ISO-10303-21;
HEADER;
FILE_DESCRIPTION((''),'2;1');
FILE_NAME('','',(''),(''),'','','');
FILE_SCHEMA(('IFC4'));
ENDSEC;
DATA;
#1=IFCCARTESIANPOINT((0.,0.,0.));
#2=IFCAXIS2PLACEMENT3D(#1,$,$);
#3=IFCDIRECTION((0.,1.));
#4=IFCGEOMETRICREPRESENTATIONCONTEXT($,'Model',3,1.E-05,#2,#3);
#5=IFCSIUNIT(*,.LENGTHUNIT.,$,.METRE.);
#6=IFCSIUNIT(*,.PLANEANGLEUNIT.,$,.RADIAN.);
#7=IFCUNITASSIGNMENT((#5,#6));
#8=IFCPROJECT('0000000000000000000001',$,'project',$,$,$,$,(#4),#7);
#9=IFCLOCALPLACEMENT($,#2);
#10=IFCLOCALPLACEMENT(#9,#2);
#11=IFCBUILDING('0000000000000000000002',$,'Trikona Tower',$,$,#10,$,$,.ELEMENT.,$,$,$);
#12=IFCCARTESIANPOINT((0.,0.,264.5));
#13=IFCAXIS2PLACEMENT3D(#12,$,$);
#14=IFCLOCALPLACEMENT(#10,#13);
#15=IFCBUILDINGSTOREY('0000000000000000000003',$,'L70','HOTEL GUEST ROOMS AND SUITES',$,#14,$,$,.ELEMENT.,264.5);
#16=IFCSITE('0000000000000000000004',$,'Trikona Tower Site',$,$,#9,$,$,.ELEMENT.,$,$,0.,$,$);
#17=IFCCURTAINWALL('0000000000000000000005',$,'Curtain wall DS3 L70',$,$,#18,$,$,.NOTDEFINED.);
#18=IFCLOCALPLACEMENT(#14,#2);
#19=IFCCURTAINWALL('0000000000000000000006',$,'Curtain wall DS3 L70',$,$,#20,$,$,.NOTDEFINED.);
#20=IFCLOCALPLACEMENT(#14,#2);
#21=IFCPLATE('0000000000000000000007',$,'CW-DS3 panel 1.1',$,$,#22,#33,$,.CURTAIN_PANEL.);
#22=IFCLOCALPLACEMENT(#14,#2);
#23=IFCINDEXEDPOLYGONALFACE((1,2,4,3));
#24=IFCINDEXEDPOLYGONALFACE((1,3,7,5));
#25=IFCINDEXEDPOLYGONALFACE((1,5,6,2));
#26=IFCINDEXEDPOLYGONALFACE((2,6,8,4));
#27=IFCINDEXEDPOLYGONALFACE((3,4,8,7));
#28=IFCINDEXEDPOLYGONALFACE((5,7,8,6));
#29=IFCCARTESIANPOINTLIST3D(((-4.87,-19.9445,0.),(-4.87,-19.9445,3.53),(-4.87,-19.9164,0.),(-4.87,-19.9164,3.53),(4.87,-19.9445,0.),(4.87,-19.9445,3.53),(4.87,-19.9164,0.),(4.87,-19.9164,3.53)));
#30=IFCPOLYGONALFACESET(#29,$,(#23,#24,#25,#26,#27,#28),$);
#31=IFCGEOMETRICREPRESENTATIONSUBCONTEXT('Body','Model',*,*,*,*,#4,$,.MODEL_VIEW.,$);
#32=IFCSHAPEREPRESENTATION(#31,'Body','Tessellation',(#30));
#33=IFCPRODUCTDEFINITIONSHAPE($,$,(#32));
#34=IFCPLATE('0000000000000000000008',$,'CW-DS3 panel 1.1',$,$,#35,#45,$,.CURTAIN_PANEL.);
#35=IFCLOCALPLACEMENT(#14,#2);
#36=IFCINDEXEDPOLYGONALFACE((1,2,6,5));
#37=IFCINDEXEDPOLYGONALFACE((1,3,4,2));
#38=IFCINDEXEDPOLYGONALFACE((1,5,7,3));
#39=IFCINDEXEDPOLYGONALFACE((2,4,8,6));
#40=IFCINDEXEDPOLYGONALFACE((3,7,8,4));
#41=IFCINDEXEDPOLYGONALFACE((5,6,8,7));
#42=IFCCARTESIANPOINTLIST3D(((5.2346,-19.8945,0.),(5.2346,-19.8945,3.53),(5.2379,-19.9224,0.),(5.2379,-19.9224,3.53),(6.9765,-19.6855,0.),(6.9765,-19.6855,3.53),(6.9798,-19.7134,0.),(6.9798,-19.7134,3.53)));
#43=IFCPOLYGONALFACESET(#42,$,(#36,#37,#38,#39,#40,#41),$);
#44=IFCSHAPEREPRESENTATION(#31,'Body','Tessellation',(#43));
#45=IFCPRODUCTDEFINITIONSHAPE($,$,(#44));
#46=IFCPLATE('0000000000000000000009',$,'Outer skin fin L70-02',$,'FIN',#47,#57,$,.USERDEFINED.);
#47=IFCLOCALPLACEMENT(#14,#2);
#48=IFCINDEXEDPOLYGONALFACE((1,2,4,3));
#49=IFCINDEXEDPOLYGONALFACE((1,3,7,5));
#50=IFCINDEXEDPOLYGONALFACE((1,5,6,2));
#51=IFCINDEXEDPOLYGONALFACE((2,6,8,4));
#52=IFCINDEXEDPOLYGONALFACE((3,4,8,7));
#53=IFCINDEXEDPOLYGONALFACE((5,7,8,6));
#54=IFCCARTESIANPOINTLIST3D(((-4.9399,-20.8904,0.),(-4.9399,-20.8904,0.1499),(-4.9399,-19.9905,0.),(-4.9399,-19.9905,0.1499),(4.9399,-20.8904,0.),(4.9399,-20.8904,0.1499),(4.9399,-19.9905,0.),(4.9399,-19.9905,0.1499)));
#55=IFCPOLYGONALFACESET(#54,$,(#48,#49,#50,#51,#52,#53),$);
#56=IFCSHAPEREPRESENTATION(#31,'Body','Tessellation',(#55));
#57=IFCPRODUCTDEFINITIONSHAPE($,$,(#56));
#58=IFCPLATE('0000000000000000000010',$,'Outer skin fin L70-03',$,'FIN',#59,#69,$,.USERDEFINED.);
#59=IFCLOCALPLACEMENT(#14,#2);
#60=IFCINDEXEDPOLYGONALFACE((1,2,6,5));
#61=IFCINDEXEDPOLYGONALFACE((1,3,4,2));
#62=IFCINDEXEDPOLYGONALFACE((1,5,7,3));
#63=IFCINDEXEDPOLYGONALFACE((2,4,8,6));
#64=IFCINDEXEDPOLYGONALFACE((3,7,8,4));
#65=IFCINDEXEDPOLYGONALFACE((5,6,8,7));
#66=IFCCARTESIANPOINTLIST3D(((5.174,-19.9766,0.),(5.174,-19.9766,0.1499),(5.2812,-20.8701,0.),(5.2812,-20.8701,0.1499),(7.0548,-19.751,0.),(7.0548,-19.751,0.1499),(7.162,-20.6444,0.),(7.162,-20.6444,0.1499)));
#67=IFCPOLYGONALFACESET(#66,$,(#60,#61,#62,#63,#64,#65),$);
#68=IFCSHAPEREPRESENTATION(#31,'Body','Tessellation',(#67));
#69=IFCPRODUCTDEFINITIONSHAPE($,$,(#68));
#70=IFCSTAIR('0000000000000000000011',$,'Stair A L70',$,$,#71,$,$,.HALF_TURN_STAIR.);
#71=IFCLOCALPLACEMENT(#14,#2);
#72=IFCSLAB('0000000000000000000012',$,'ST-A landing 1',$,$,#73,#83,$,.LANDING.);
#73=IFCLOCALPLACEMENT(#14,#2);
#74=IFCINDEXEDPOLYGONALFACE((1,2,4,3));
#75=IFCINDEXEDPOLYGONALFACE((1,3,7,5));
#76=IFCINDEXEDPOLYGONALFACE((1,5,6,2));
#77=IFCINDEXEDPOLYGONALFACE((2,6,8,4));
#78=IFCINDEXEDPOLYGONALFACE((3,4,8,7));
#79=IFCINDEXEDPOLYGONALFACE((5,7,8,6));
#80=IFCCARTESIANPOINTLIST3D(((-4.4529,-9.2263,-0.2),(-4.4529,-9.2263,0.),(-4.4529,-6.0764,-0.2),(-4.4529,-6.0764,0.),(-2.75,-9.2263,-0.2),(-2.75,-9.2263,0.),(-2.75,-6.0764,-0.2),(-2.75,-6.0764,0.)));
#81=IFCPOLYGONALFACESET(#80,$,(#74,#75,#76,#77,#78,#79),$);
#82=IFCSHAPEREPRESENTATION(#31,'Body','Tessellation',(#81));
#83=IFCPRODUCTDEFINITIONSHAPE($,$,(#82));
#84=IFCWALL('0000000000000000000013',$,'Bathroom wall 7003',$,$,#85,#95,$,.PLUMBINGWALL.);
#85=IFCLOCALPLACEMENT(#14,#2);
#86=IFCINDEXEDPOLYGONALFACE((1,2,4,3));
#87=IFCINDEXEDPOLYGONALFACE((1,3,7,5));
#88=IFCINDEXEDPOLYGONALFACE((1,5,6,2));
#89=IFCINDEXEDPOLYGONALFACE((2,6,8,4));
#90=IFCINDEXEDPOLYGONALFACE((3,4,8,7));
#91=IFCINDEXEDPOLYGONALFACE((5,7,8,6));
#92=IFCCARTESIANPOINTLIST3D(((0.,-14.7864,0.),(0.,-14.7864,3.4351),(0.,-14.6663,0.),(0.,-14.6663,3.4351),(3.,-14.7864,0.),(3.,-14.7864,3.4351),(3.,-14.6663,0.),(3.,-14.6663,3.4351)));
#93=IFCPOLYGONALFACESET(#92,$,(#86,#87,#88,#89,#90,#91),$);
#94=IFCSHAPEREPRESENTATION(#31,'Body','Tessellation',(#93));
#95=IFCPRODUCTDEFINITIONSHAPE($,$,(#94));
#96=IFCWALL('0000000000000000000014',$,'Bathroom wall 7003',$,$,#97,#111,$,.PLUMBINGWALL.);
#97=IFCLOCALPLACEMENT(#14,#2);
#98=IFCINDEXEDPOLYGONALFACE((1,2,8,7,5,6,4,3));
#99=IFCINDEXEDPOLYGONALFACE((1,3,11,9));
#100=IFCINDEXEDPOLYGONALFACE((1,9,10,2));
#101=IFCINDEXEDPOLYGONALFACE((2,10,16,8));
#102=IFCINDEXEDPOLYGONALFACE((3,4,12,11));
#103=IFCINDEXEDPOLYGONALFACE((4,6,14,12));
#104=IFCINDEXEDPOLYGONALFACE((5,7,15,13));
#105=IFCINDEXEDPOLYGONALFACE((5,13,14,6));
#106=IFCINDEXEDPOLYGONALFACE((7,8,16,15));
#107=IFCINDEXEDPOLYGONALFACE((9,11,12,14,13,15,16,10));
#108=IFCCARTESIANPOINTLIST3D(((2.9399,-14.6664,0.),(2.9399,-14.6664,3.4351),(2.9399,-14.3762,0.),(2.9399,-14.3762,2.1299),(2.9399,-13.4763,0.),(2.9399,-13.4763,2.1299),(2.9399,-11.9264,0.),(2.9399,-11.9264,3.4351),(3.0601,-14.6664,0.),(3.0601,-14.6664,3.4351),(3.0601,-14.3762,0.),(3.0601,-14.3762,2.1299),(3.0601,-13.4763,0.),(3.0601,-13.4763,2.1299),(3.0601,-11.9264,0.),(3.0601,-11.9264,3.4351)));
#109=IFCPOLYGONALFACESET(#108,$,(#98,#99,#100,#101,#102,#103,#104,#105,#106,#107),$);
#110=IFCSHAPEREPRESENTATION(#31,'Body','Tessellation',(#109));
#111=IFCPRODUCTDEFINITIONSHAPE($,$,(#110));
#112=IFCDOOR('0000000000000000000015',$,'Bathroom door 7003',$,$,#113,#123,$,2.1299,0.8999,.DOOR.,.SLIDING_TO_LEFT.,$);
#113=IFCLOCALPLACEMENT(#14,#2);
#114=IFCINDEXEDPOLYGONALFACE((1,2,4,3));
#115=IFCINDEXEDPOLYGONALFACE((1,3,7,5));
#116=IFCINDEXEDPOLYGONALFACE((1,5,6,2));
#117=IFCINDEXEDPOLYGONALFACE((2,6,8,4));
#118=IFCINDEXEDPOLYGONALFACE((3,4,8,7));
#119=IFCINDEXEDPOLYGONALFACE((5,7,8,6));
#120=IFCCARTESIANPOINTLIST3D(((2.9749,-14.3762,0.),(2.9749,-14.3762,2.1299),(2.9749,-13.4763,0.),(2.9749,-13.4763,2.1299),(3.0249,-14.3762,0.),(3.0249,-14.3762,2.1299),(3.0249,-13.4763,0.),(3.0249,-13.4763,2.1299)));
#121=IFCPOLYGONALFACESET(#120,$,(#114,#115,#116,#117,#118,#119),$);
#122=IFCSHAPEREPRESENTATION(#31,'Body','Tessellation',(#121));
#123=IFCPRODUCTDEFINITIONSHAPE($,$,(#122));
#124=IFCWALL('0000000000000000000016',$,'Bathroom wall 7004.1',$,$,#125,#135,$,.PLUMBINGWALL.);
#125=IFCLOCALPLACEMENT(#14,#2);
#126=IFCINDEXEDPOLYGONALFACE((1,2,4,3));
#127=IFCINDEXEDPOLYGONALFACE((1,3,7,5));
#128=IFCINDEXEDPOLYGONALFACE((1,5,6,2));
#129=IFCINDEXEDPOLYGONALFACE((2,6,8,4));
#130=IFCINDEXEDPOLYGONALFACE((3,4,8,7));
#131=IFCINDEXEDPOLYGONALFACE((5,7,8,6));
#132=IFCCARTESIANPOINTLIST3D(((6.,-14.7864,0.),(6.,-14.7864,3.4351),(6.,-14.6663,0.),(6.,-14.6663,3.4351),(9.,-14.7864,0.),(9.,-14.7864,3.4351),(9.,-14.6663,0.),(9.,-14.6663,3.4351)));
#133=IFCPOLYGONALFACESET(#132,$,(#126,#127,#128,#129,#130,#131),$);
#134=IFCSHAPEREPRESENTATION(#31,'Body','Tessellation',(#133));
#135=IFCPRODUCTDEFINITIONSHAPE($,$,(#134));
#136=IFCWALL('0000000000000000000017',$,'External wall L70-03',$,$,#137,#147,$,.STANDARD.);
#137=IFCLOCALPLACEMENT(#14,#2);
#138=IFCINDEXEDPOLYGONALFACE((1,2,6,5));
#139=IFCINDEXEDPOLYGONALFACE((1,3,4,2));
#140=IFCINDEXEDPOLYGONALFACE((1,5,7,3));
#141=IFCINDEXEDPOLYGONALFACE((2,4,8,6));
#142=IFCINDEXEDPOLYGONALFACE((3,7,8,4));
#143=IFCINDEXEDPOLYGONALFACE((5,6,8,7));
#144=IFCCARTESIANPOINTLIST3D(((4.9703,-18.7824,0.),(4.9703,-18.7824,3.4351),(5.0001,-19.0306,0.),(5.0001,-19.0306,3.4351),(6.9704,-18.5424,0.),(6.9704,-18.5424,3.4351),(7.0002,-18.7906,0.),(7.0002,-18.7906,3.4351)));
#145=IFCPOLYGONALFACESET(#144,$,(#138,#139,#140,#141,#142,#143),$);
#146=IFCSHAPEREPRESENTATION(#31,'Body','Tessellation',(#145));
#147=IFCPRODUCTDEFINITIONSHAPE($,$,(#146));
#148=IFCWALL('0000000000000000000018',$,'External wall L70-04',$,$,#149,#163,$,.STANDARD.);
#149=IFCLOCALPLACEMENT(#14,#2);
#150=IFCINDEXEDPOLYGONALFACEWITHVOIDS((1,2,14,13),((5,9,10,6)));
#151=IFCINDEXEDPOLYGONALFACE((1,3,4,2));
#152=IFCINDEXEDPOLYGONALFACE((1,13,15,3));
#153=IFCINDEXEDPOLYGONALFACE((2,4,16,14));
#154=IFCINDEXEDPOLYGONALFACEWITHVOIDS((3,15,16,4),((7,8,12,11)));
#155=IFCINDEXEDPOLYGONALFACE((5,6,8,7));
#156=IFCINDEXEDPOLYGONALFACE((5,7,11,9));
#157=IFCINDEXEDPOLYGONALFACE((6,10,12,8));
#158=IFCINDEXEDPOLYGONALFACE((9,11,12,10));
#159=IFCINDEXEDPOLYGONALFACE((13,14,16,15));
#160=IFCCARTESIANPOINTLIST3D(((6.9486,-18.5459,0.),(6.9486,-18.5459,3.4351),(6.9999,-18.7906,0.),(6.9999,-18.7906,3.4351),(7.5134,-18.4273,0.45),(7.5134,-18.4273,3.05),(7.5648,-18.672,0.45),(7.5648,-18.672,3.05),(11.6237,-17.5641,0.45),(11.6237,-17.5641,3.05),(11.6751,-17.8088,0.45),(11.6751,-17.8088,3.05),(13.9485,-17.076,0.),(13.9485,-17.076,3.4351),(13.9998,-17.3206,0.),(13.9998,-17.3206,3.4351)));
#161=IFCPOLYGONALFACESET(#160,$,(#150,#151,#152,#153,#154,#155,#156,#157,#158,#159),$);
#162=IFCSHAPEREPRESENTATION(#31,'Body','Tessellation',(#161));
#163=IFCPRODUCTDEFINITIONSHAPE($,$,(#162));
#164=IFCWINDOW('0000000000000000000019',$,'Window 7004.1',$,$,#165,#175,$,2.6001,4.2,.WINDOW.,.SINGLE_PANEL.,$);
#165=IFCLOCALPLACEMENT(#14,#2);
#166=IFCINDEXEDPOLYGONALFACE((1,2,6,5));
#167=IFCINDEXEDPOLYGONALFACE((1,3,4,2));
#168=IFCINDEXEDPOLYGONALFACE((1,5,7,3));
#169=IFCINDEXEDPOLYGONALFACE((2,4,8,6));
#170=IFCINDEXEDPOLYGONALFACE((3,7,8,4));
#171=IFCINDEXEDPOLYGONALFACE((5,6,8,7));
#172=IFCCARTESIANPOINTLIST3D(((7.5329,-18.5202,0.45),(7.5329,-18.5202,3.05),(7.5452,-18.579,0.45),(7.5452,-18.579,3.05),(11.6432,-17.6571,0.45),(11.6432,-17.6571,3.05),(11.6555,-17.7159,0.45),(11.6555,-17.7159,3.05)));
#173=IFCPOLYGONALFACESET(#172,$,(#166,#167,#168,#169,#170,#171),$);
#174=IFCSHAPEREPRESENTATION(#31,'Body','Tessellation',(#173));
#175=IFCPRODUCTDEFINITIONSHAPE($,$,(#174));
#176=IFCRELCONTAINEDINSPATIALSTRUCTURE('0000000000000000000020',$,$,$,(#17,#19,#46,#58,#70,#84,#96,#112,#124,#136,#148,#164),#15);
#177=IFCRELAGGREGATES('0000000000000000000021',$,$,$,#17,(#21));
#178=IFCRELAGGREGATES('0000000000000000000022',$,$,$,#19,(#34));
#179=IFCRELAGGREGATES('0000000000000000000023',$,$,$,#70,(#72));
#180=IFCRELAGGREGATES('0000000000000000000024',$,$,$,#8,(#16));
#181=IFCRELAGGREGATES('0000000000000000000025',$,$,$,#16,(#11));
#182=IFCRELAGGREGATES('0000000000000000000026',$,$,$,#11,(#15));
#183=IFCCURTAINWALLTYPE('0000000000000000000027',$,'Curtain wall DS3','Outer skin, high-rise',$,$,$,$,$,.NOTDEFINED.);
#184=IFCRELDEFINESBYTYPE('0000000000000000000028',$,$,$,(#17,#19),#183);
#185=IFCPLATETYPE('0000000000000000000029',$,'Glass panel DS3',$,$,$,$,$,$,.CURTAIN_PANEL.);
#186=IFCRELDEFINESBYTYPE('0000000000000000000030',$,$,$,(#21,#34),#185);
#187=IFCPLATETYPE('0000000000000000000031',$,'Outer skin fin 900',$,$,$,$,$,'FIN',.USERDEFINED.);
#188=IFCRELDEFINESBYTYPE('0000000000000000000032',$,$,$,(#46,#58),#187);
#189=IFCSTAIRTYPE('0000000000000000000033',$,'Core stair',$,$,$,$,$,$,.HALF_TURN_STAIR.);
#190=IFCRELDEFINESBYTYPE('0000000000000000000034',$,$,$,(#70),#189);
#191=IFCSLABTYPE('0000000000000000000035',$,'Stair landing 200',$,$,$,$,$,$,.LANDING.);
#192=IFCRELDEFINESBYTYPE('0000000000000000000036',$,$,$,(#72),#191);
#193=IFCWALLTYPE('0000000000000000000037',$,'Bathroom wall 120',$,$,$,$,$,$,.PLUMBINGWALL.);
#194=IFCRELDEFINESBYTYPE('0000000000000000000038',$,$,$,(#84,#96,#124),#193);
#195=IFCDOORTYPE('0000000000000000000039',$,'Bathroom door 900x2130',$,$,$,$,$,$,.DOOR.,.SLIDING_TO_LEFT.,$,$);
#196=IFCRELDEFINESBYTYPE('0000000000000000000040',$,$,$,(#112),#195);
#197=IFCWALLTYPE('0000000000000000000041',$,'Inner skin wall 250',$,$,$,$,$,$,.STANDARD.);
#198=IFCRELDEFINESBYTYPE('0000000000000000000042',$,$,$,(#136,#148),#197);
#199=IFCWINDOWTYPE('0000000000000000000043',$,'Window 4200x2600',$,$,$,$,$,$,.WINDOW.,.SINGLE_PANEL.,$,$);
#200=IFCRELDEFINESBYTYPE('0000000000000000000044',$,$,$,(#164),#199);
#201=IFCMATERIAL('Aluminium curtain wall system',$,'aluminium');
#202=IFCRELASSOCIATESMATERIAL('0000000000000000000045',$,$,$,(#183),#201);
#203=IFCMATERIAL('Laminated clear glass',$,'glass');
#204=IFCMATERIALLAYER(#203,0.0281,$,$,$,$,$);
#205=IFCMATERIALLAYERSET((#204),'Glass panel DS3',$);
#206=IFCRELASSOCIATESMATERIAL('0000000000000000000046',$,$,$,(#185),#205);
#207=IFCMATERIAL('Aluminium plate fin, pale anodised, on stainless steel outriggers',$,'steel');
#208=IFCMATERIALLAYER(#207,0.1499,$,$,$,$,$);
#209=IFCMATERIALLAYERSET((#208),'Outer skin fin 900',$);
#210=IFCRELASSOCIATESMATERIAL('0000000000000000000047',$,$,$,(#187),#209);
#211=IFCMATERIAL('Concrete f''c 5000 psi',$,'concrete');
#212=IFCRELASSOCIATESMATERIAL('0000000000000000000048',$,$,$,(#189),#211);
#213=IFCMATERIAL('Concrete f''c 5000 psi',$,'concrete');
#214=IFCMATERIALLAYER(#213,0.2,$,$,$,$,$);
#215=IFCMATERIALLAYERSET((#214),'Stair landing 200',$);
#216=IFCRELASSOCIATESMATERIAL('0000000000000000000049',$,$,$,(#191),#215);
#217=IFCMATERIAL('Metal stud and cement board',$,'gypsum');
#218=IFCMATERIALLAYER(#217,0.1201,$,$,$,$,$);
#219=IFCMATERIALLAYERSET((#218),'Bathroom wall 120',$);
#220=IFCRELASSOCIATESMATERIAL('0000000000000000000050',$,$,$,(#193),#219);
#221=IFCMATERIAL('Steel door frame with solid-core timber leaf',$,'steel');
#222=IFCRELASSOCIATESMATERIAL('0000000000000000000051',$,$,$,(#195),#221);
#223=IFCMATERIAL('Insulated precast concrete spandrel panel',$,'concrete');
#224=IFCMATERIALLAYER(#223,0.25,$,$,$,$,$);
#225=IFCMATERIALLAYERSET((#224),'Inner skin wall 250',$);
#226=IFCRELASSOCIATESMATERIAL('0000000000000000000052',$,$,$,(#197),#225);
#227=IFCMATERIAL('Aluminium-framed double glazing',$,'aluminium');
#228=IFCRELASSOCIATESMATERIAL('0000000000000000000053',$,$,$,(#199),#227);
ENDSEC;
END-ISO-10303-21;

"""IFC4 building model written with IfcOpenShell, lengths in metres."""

from ifc_helpers import new_model, si_unit, direction, frame, frame_2d, origin, origin_2d, place, context, subcontext, project, spatial, polyline, rectangle, outline, extrude, material, layer, layer_set, type_object, element, fill, aggregate, save


model = new_model("IFC4")

# Units and contexts
model_context = context("Model", 3, precision=1e-05, world=origin(), true_north=direction((0.0, 1.0)))
body_context = subcontext(model_context, "Body", "Model", "MODEL_VIEW")
ifc_project = project(units=[si_unit("LENGTHUNIT", "METRE"), si_unit("PLANEANGLEUNIT", "RADIAN")], contexts=[model_context])

# Site, building, storey
site_placement = place(None, origin())
site = spatial("IfcSite", under=ifc_project, at=site_placement, Name="Trikona Tower Site", CompositionType="ELEMENT", RefElevation=0.0)
building_placement = place(site_placement, origin())
building = spatial("IfcBuilding", under=site, at=building_placement, Name="Trikona Tower", CompositionType="ELEMENT")
storey_placement = place(building_placement, frame((0.0, 0.0, 264.5)))
storey = spatial("IfcBuildingStorey", under=building, at=storey_placement, Name="L70", Description="HOTEL GUEST ROOMS AND SUITES", CompositionType="ELEMENT", Elevation=264.5)

# Curtain wall
ifc_material_1 = material(Name="Aluminium curtain wall system", Category="aluminium")
curtain_wall_type = type_object("IfcCurtainWallType", Name="Curtain wall DS3", Description="Outer skin, high-rise", PredefinedType="NOTDEFINED", material=ifc_material_1)
curtain_wall_1_placement = place(storey_placement, origin())
curtain_wall_1 = element("IfcCurtainWall", 1, at=curtain_wall_1_placement, inside=storey, type_object=curtain_wall_type, Name="Curtain wall DS3 L70", PredefinedType="NOTDEFINED")

# Curtain wall
curtain_wall_2_placement = place(storey_placement, origin())
curtain_wall_2 = element("IfcCurtainWall", 2, at=curtain_wall_2_placement, inside=storey, type_object=curtain_wall_type, Name="Curtain wall DS3 L70", PredefinedType="NOTDEFINED")

# Plates
ifc_material_2 = material(Name="Laminated clear glass", Category="glass")
ifc_layer_1 = layer(ifc_material_2, 0.0281)
ifc_layer_set_1 = layer_set([ifc_layer_1], Name="Glass panel DS3")
plate_type_1 = type_object("IfcPlateType", Name="Glass panel DS3", PredefinedType="CURTAIN_PANEL", material=ifc_layer_set_1)
plate_1_placement = place(storey_placement, frame((0.0, -19.9304, 0.0), z_axis=(0.0, 0.0, 1.0), x_axis=(1.0, 0.0, 0.0)))
plate_1 = element("IfcPlate", 3, at=plate_1_placement, type_object=plate_type_1, Name="CW-DS3 panel 1.1", PredefinedType="CURTAIN_PANEL", context=body_context, shape_type="SweptSolid", body=[
    extrude(rectangle(XDim=9.74, YDim=0.0281, at=origin_2d()), origin(), (0.0, 0.0, 1.0), 3.53),
])
aggregate(curtain_wall_1, [plate_1])
plate_2_placement = place(storey_placement, frame((6.1072, -19.804, 0.0), z_axis=(0.0, 0.0, 1.0), x_axis=(0.992877, 0.119141, 0.0)))
plate_2 = element("IfcPlate", 4, at=plate_2_placement, type_object=plate_type_1, Name="CW-DS3 panel 1.1", PredefinedType="CURTAIN_PANEL", context=body_context, shape_type="SweptSolid", body=[
    extrude(rectangle(XDim=1.7544, YDim=0.0281, at=origin_2d()), origin(), (0.0, 0.0, 1.0), 3.53),
])
aggregate(curtain_wall_2, [plate_2])

# Plates
ifc_material_3 = material(Name="Aluminium plate fin, pale anodised, on stainless steel outriggers", Category="steel")
ifc_layer_2 = layer(ifc_material_3, 0.1499)
ifc_layer_set_2 = layer_set([ifc_layer_2], Name="Outer skin fin 900")
plate_type_2 = type_object("IfcPlateType", Name="Outer skin fin 900", ElementType="FIN", PredefinedType="USERDEFINED", material=ifc_layer_set_2)
plate_3_placement = place(storey_placement, frame((0.0, -20.4404, 0.0), z_axis=(0.0, 0.0, 1.0), x_axis=(1.0, 0.0, 0.0)))
element("IfcPlate", 5, at=plate_3_placement, inside=storey, type_object=plate_type_2, Name="Outer skin fin L70-02", ObjectType="FIN", PredefinedType="USERDEFINED", context=body_context, shape_type="SweptSolid", body=[
    extrude(rectangle(XDim=9.8799, YDim=0.8999, at=origin_2d()), origin(), (0.0, 0.0, 1.0), 0.1499),
])
plate_4_placement = place(storey_placement, frame((6.168, -20.3105, 0.0), z_axis=(0.0, 0.0, 1.0), x_axis=(0.992877, 0.119146, 0.0)))
element("IfcPlate", 6, at=plate_4_placement, inside=storey, type_object=plate_type_2, Name="Outer skin fin L70-03", ObjectType="FIN", PredefinedType="USERDEFINED", context=body_context, shape_type="SweptSolid", body=[
    extrude(rectangle(XDim=1.8943, YDim=0.8999, at=origin_2d()), origin(), (0.0, 0.0, 1.0), 0.1499),
])

# Stair, slab
ifc_material_4 = material(Name="Concrete f'c 5000 psi", Category="concrete")
stair_type = type_object("IfcStairType", Name="Core stair", PredefinedType="HALF_TURN_STAIR", material=ifc_material_4)
stair_placement = place(storey_placement, origin())
stair = element("IfcStair", 7, at=stair_placement, inside=storey, type_object=stair_type, Name="Stair A L70", PredefinedType="HALF_TURN_STAIR")
ifc_material_5 = material(Name="Concrete f'c 5000 psi", Category="concrete")
ifc_layer_3 = layer(ifc_material_5, 0.2)
ifc_layer_set_3 = layer_set([ifc_layer_3], Name="Stair landing 200")
slab_type_1 = type_object("IfcSlabType", Name="Stair landing 200", PredefinedType="LANDING", material=ifc_layer_set_3)
slab_1_placement = place(storey_placement, frame((0.0, 0.0, -0.2)))
slab_1 = element("IfcSlab", 8, at=slab_1_placement, type_object=slab_type_1, Name="ST-A landing 1", PredefinedType="LANDING", context=body_context, shape_type="SweptSolid", body=[
    extrude(outline(polyline([(-4.4529, -6.0764), (-2.75, -6.0764), (-2.75, -9.2263), (-4.4529, -9.2263), (-4.4529, -6.0764)])), origin(), (0.0, 0.0, 1.0), 0.2),
])
aggregate(stair, [slab_1])

# Wall
ifc_material_6 = material(Name="Metal stud and cement board", Category="gypsum")
ifc_layer_4 = layer(ifc_material_6, 0.1201)
ifc_layer_set_4 = layer_set([ifc_layer_4], Name="Bathroom wall 120")
wall_type_1 = type_object("IfcWallType", Name="Bathroom wall 120", PredefinedType="PLUMBINGWALL", material=ifc_layer_set_4)
wall_1_placement = place(storey_placement, frame((0.0, -14.7263, 0.0), z_axis=(0.0, 0.0, 1.0), x_axis=(1.0, 0.0, 0.0)))
element("IfcWall", 9, at=wall_1_placement, inside=storey, type_object=wall_type_1, Name="Bathroom wall 7003", PredefinedType="PLUMBINGWALL", context=body_context, shape_type="SweptSolid", body=[
    extrude(rectangle(XDim=3.0, YDim=0.1201, at=frame_2d((1.5, 0.0))), origin(), (0.0, 0.0, 1.0), 3.4351),
])

# Wall, opening, door
wall_2_placement = place(storey_placement, frame((3.0, -11.9263, 0.0), z_axis=(0.0, 0.0, 1.0), x_axis=(0.0, -1.0, 0.0)))
wall_2 = element("IfcWall", 10, at=wall_2_placement, inside=storey, type_object=wall_type_1, Name="Bathroom wall 7003", PredefinedType="PLUMBINGWALL", context=body_context, shape_type="SweptSolid", body=[
    extrude(rectangle(XDim=2.74, YDim=0.1201, at=frame_2d((1.3701, 0.0))), origin(), (0.0, 0.0, 1.0), 3.4351),
])
opening_1_placement = place(wall_2_placement, frame((1.55, 0.0, 0.0)))
opening_1 = element("IfcOpeningElement", 11, at=opening_1_placement, cuts=wall_2, PredefinedType="OPENING", context=body_context, shape_type="SweptSolid", body=[
    extrude(rectangle(XDim=0.8999, YDim=2.1299, at=frame_2d((0.45, 1.0649))), frame((0.0, 0.0701, 0.0), z_axis=(0.0, -1.0, 0.0), x_axis=(1.0, 0.0, 0.0)), (0.0, 0.0, 1.0), 0.1401),
])
ifc_material_7 = material(Name="Steel door frame with solid-core timber leaf", Category="steel")
door_type = type_object("IfcDoorType", Name="Bathroom door 900x2130", OperationType="SLIDING_TO_LEFT", PredefinedType="DOOR", material=ifc_material_7)
door_placement = place(opening_1_placement, origin())
door = element("IfcDoor", 12, at=door_placement, inside=storey, type_object=door_type, Name="Bathroom door 7003", OperationType="SLIDING_TO_LEFT", OverallHeight=2.1299, OverallWidth=0.8999, PredefinedType="DOOR", context=body_context, shape_type="SweptSolid", body=[
    extrude(rectangle(XDim=0.8999, YDim=2.1299, at=frame_2d((0.45, 1.0649))), frame((0.0, 0.0249, 0.0), z_axis=(0.0, -1.0, 0.0), x_axis=(1.0, 0.0, 0.0)), (0.0, 0.0, 1.0), 0.05),
])
fill(opening_1, door)

# Walls
wall_3_placement = place(storey_placement, frame((6.0, -14.7263, 0.0), z_axis=(0.0, 0.0, 1.0), x_axis=(1.0, 0.0, 0.0)))
element("IfcWall", 13, at=wall_3_placement, inside=storey, type_object=wall_type_1, Name="Bathroom wall 7004.1", PredefinedType="PLUMBINGWALL", context=body_context, shape_type="SweptSolid", body=[
    extrude(rectangle(XDim=3.0, YDim=0.1201, at=frame_2d((1.5, 0.0))), origin(), (0.0, 0.0, 1.0), 3.4351),
])
ifc_material_8 = material(Name="Insulated precast concrete spandrel panel", Category="concrete")
ifc_layer_5 = layer(ifc_material_8, 0.25)
ifc_layer_set_5 = layer_set([ifc_layer_5], Name="Inner skin wall 250")
wall_type_2 = type_object("IfcWallType", Name="Inner skin wall 250", PredefinedType="STANDARD", material=ifc_layer_set_5)
wall_4_placement = place(storey_placement, frame((4.9851, -18.9065, 0.0), z_axis=(0.0, 0.0, 1.0), x_axis=(0.992877, 0.11914, 0.0)))
element("IfcWall", 14, at=wall_4_placement, inside=storey, type_object=wall_type_2, Name="External wall L70-03", PredefinedType="STANDARD", context=body_context, shape_type="SweptSolid", body=[
    extrude(rectangle(XDim=2.0144, YDim=0.25, at=frame_2d((1.0073, 0.0))), origin(), (0.0, 0.0, 1.0), 3.4351),
])

# Wall, opening, window
wall_5_placement = place(storey_placement, frame((6.9744, -18.6682, 0.0), z_axis=(0.0, 0.0, 1.0), x_axis=(0.978654, 0.205513, 0.0)))
wall_5 = element("IfcWall", 15, at=wall_5_placement, inside=storey, type_object=wall_type_2, Name="External wall L70-04", PredefinedType="STANDARD", context=body_context, shape_type="SweptSolid", body=[
    extrude(rectangle(XDim=7.1526, YDim=0.25, at=frame_2d((3.5762, 0.0))), origin(), (0.0, 0.0, 1.0), 3.4351),
])
opening_2_placement = place(wall_5_placement, frame((0.5769, 0.0, 0.45)))
opening_2 = element("IfcOpeningElement", 16, at=opening_2_placement, cuts=wall_5, PredefinedType="OPENING", context=body_context, shape_type="SweptSolid", body=[
    extrude(rectangle(XDim=4.2, YDim=2.6001, at=frame_2d((2.1001, 1.3))), frame((0.0, 0.135, 0.0), z_axis=(0.0, -1.0, 0.0), x_axis=(1.0, 0.0, 0.0)), (0.0, 0.0, 1.0), 0.27),
])
ifc_material_9 = material(Name="Aluminium-framed double glazing", Category="aluminium")
window_type = type_object("IfcWindowType", Name="Window 4200x2600", PartitioningType="SINGLE_PANEL", PredefinedType="WINDOW", material=ifc_material_9)
window_placement = place(opening_2_placement, origin())
window = element("IfcWindow", 17, at=window_placement, inside=storey, type_object=window_type, Name="Window 7004.1", OverallHeight=2.6001, OverallWidth=4.2, PartitioningType="SINGLE_PANEL", PredefinedType="WINDOW", context=body_context, shape_type="SweptSolid", body=[
    extrude(rectangle(XDim=4.2, YDim=2.6001, at=frame_2d((2.1001, 1.3))), frame((0.0, 0.03, 0.0), z_axis=(0.0, -1.0, 0.0), x_axis=(1.0, 0.0, 0.0)), (0.0, 0.0, 1.0), 0.0601),
])
fill(opening_2, window)

save(model, "model.ifc")
